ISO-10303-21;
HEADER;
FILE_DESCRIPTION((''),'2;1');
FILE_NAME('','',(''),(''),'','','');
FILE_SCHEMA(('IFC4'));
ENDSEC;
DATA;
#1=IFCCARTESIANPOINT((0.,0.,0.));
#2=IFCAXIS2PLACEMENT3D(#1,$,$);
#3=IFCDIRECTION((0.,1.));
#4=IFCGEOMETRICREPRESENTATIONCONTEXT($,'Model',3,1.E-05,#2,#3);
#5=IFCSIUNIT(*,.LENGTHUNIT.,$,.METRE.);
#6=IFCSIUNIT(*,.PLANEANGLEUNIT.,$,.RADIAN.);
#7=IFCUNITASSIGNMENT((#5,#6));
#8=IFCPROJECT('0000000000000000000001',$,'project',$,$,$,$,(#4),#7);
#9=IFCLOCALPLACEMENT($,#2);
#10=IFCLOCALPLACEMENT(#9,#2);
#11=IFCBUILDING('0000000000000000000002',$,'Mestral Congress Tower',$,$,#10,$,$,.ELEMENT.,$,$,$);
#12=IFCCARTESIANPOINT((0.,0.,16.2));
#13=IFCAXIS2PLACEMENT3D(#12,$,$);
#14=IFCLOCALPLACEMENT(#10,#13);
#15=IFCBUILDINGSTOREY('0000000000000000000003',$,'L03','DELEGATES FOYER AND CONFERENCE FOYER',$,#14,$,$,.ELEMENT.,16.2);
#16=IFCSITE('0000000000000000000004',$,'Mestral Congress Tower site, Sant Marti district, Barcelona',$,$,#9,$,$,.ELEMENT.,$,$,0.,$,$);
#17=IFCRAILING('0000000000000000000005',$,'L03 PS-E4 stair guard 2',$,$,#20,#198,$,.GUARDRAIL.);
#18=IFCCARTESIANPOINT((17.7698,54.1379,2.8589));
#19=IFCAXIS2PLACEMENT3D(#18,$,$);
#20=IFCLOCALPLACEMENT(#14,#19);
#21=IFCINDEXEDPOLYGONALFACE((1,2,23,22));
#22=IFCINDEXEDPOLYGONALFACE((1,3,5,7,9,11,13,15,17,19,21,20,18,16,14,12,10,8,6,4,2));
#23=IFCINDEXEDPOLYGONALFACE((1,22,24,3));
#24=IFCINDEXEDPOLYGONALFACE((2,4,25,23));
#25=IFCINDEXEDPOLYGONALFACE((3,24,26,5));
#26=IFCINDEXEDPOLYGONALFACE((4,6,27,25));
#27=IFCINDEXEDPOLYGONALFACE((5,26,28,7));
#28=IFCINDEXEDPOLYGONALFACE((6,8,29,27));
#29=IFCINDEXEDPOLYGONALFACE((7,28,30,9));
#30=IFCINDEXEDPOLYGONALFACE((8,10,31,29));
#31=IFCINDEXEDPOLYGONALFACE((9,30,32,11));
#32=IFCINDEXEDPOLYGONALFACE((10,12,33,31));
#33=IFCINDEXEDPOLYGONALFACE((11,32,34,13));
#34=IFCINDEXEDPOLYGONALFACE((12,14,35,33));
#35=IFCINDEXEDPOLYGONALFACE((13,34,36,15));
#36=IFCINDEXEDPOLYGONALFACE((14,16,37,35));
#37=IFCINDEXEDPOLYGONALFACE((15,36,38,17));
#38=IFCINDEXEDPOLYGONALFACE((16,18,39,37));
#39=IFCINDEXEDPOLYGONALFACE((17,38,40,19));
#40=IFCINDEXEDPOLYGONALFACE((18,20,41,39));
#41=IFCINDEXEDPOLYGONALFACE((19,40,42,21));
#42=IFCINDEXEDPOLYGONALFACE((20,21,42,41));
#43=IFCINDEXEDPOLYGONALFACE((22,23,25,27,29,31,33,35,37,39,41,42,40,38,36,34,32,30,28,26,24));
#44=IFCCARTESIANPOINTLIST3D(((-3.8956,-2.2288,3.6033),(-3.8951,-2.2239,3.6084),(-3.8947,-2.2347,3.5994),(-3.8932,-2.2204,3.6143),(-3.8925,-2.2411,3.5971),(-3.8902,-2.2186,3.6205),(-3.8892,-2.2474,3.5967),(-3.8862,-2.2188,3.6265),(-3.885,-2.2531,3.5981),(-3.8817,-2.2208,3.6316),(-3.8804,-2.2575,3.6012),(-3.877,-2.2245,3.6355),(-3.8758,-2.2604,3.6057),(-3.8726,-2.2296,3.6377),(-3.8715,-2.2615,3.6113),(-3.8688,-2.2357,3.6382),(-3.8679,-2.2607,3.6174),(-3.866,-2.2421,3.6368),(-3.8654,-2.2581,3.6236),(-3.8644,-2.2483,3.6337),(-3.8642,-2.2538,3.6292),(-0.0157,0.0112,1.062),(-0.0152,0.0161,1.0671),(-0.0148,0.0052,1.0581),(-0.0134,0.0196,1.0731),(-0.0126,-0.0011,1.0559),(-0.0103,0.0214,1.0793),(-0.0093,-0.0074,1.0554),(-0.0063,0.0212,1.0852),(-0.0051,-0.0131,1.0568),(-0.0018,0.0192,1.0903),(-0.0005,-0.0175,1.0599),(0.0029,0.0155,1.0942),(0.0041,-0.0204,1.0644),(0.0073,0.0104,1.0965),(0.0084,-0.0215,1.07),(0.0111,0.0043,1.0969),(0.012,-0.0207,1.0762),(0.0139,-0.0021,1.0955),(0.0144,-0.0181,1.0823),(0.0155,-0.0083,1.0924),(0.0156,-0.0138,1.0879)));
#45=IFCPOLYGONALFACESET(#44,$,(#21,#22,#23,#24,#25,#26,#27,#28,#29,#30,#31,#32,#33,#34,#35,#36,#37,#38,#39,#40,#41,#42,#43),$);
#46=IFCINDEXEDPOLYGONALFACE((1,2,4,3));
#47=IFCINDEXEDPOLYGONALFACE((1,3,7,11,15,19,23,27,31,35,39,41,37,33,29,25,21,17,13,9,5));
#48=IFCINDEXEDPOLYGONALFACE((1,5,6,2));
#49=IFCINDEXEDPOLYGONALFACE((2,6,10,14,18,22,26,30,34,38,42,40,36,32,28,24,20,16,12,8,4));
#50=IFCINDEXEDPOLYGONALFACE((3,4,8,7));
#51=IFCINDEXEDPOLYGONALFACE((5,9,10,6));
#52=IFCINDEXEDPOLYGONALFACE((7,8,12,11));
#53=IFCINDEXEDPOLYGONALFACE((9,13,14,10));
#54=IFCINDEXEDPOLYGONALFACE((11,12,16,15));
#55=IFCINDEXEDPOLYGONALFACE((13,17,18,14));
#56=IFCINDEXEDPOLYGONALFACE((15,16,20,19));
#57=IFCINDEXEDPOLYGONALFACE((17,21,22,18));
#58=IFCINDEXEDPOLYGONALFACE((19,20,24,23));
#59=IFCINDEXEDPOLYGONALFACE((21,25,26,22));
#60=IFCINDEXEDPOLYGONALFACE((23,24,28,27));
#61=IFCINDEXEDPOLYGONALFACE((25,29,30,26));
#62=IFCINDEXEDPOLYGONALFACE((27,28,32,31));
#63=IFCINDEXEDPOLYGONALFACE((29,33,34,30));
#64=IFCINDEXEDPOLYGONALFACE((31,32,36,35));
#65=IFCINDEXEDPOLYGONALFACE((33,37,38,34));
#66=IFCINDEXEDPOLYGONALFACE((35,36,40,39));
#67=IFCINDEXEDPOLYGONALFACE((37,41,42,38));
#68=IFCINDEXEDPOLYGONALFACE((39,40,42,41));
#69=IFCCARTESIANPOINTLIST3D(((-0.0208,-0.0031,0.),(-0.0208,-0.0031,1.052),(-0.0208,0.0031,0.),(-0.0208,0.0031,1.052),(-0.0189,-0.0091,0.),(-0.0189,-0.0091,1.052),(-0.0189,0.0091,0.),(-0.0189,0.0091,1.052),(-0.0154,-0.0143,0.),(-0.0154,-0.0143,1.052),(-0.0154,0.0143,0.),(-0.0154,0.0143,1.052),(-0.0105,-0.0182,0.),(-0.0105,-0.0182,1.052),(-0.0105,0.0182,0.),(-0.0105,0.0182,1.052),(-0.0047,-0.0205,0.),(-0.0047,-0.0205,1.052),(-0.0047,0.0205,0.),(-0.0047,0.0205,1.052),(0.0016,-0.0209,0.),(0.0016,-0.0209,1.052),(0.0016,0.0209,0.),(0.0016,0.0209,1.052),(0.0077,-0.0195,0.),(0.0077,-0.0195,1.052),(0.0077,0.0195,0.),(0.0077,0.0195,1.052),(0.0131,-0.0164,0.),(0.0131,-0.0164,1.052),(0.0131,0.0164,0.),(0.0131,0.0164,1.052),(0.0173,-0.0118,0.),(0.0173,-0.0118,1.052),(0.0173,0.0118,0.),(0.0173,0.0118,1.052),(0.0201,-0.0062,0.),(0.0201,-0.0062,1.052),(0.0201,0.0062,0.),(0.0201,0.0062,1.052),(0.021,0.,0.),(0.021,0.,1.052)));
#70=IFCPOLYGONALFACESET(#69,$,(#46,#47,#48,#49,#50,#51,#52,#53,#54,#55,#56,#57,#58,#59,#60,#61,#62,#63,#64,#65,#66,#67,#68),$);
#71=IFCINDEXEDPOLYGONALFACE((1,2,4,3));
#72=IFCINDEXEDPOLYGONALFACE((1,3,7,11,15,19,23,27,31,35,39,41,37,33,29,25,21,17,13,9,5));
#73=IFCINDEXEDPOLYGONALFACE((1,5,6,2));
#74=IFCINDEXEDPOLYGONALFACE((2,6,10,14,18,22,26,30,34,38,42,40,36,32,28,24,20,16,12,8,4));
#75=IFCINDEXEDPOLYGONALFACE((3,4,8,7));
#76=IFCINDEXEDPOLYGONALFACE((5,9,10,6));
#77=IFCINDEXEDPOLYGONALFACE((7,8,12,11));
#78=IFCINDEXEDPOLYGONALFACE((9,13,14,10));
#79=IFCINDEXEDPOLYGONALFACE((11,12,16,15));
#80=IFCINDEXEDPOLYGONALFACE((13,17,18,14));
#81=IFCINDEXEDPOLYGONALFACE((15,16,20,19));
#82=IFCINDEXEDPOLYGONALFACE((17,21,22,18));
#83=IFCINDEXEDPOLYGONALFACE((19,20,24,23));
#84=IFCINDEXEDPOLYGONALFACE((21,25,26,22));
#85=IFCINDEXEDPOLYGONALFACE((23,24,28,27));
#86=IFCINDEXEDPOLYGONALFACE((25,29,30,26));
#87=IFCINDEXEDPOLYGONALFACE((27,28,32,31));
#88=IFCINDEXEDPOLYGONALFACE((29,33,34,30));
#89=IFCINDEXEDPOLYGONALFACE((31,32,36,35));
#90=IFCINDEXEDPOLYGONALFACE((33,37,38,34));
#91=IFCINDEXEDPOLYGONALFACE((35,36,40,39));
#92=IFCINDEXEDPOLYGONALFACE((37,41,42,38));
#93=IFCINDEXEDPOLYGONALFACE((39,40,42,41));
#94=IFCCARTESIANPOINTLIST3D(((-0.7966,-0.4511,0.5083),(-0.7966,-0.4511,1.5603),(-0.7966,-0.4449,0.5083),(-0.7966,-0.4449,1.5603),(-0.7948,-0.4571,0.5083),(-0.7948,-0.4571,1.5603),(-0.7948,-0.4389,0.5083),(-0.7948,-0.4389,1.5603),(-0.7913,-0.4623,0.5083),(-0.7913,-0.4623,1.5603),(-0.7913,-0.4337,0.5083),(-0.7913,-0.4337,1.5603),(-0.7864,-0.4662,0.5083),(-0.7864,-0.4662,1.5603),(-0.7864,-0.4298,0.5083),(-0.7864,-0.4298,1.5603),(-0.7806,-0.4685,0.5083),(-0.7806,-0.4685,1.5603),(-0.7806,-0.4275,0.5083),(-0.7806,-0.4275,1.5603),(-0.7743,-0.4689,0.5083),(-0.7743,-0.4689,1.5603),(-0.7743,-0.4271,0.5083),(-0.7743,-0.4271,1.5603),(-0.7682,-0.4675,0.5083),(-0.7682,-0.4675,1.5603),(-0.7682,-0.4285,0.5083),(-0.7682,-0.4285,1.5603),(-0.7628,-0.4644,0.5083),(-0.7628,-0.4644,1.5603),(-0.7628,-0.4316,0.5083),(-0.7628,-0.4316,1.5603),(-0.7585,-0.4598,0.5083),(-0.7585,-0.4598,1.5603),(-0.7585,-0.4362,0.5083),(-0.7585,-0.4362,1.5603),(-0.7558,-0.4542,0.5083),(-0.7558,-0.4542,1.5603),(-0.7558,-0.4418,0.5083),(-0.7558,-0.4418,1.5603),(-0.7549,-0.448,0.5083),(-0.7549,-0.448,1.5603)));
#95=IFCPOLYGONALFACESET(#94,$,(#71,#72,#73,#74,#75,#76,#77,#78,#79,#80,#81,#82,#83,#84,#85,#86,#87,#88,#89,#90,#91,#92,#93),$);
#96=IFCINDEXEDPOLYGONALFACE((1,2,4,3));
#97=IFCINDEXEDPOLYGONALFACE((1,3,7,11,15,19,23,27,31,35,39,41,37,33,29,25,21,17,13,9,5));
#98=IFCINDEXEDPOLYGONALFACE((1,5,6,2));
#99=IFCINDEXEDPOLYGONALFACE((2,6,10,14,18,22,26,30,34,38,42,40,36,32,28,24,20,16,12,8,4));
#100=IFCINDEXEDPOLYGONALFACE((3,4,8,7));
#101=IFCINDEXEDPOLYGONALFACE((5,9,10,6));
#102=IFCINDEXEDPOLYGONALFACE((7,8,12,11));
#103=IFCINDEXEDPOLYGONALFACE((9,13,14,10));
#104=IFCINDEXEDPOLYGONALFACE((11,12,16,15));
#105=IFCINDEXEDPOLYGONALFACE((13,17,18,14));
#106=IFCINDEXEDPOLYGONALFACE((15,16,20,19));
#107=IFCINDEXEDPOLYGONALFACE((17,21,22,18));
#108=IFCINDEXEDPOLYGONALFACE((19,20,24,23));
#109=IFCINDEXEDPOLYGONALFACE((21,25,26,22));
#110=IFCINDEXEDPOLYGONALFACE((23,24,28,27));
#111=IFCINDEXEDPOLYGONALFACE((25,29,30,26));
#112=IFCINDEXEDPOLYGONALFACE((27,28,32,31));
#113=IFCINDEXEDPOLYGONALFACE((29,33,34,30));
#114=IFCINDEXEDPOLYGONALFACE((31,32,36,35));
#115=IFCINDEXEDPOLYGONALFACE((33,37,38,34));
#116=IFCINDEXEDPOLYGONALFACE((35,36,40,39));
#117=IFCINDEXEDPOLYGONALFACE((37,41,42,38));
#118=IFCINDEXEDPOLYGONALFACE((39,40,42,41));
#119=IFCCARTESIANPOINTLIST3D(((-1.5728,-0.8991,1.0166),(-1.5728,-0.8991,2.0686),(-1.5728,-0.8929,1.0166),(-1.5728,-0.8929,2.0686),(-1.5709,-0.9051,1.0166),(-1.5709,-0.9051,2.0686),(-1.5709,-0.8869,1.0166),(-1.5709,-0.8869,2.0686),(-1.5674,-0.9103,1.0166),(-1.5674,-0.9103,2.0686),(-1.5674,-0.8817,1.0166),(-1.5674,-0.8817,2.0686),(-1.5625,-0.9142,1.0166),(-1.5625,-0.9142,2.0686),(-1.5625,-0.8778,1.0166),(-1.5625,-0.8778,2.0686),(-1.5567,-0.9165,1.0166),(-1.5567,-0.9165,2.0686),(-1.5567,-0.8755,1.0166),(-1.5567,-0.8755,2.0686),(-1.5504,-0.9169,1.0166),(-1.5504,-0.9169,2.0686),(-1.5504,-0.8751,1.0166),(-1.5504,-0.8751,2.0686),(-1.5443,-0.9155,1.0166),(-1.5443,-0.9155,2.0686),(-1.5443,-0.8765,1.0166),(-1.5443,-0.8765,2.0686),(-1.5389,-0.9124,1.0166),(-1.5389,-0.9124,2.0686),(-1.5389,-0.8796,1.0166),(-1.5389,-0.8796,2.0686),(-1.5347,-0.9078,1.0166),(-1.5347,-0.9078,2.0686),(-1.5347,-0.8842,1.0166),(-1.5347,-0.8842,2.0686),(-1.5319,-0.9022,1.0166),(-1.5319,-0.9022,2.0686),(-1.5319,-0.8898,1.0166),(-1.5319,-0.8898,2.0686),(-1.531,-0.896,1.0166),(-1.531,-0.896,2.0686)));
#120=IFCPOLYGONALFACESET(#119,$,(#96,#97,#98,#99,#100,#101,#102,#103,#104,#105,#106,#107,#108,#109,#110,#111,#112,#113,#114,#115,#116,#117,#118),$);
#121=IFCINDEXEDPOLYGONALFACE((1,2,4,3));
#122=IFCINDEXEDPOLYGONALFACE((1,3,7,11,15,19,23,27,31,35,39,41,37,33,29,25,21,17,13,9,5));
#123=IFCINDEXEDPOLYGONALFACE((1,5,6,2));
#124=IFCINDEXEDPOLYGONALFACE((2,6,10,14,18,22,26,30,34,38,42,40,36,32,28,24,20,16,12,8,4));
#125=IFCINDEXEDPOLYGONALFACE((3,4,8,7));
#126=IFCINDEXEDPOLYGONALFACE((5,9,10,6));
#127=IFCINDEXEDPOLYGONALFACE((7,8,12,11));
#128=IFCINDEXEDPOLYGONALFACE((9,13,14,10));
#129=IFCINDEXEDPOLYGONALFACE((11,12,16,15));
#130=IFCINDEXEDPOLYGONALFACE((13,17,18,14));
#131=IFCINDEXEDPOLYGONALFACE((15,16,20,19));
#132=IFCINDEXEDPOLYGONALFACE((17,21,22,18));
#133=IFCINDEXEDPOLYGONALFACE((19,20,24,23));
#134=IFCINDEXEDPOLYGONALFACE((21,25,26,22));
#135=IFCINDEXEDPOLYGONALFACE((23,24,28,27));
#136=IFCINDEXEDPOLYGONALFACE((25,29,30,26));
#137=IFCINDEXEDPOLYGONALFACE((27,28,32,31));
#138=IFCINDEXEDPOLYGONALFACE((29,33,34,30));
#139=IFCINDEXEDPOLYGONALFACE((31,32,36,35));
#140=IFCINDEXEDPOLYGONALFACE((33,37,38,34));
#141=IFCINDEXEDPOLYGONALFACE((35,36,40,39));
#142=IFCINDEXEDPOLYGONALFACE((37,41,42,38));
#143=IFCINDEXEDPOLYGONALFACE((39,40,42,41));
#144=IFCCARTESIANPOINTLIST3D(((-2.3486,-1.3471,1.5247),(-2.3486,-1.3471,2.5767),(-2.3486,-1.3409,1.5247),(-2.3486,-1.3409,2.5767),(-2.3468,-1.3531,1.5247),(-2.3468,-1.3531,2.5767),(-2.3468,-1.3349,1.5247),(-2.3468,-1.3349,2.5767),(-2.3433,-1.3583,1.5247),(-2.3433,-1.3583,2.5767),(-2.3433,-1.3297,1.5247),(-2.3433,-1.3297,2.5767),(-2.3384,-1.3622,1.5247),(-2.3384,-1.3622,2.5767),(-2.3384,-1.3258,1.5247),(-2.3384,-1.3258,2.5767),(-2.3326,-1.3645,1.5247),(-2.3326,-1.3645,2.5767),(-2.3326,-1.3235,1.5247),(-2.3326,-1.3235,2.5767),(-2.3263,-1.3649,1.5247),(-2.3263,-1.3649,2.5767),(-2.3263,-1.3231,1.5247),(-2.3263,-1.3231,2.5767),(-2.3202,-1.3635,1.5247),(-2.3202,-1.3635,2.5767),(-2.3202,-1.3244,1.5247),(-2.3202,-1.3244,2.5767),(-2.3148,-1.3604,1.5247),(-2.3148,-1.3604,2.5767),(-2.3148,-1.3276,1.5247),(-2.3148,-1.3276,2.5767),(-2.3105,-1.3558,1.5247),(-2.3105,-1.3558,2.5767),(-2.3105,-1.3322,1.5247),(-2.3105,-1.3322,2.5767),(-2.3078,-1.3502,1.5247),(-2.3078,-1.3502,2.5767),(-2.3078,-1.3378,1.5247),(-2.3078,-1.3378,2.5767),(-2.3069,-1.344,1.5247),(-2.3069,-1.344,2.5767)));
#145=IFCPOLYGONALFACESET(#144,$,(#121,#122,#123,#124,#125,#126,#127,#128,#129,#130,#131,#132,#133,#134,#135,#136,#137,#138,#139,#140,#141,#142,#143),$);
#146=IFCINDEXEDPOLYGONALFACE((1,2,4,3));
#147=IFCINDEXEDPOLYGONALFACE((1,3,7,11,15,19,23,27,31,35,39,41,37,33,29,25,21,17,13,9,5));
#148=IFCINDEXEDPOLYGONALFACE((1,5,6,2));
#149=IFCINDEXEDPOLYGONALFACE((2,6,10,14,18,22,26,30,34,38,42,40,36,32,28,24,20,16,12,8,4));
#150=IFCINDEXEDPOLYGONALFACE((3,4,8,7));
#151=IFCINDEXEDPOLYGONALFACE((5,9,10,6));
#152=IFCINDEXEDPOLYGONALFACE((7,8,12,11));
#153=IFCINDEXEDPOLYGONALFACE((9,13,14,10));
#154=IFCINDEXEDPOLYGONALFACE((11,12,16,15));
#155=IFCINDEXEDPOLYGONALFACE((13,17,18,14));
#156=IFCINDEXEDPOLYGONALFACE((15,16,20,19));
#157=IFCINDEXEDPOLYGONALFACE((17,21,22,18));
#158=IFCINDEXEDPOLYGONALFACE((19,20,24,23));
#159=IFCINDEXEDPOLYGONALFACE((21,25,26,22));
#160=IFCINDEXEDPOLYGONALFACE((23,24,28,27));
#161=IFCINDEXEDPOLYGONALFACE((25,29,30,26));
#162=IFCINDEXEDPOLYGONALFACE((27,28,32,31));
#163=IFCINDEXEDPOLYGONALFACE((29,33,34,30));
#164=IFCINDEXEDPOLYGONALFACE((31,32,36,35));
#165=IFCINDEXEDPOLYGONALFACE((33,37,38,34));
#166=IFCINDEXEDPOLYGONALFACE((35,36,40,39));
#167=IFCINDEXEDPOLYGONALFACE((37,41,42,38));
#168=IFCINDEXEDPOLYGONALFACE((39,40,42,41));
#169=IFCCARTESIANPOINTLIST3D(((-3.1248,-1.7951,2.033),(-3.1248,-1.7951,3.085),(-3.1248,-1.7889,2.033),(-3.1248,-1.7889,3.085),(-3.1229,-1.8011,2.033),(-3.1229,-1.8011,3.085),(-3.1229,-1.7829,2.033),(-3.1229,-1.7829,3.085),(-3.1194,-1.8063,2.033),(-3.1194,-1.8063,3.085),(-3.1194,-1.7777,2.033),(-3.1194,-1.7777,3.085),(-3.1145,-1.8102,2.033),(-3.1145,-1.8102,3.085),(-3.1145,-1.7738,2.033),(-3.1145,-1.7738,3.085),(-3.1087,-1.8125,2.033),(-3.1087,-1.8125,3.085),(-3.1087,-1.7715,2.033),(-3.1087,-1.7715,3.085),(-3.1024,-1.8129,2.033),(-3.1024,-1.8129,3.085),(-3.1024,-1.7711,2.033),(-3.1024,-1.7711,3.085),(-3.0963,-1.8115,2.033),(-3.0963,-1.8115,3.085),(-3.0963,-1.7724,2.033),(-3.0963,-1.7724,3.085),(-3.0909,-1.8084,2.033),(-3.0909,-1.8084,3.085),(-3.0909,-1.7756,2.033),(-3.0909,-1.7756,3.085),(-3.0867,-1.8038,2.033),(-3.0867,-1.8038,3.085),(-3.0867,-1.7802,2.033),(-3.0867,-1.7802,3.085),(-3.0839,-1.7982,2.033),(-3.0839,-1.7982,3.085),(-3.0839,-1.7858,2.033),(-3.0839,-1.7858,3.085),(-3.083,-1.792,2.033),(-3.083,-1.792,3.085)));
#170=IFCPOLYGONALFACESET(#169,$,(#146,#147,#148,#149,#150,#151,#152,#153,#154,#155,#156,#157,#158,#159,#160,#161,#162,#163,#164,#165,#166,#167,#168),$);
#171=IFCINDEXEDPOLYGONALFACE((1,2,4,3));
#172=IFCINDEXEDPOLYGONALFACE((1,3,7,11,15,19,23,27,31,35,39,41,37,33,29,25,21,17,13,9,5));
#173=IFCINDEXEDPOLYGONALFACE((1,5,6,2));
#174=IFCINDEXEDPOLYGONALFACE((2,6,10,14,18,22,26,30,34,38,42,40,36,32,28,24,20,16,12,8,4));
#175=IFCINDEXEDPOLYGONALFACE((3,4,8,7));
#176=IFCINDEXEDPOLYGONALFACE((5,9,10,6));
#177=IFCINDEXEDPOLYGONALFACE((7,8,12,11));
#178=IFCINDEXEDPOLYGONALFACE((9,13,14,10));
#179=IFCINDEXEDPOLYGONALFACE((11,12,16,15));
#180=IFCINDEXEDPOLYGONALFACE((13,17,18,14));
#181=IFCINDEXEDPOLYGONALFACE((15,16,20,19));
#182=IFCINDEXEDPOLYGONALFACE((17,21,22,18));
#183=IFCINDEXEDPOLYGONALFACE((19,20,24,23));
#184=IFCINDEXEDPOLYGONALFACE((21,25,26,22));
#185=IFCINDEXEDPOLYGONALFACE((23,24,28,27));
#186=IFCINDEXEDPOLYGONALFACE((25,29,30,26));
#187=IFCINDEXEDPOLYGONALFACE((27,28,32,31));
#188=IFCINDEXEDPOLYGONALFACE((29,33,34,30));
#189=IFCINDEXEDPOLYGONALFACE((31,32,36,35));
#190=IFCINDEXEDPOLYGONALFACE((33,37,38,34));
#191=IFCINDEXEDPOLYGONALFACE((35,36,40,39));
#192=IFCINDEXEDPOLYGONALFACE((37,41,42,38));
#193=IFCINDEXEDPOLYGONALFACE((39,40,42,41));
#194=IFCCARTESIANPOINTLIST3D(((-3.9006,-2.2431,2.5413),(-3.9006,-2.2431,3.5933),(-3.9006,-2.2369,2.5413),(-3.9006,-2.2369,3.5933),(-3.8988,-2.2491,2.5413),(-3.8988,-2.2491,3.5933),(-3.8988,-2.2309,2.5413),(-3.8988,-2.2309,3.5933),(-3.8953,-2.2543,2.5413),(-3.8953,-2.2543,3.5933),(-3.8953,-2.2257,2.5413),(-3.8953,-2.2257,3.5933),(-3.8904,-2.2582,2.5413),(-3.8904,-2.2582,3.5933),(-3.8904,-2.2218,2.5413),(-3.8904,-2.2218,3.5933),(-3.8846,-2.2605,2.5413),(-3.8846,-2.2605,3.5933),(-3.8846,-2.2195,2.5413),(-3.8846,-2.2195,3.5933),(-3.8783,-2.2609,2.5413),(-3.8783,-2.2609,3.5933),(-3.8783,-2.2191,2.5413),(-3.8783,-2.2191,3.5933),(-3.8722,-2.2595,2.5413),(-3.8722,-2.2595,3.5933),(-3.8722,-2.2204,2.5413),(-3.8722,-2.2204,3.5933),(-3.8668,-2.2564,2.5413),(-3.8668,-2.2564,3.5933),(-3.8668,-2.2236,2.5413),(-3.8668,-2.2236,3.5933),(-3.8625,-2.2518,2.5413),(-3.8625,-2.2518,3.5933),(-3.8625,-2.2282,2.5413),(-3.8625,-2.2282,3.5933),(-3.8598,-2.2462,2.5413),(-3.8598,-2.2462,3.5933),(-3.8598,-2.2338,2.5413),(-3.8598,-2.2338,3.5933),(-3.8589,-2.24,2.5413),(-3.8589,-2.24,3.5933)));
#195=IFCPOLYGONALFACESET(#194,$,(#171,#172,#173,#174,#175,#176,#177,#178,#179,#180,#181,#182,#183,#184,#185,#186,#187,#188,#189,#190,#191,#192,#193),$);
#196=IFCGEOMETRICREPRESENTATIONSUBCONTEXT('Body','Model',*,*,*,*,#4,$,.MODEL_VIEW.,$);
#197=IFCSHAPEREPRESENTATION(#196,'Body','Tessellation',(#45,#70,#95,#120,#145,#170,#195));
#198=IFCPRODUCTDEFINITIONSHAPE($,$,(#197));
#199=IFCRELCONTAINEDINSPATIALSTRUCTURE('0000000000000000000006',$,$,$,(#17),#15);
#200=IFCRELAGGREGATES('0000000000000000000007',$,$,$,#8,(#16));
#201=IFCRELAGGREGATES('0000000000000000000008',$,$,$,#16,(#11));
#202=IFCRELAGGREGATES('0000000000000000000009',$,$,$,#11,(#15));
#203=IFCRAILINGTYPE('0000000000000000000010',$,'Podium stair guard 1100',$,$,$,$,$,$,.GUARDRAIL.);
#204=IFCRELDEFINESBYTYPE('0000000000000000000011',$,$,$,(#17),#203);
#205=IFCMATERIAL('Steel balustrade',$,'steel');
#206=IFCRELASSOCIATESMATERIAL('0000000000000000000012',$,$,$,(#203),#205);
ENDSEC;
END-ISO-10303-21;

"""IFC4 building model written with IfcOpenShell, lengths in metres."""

from ifc_helpers import new_model, si_unit, direction, frame, origin, origin_2d, place, context, subcontext, project, spatial, circle, extrude, material, type_object, element, save


model = new_model("IFC4")

# Units and contexts
model_context = context("Model", 3, precision=1e-05, world=origin(), true_north=direction((0.0, 1.0)))
body_context = subcontext(model_context, "Body", "Model", "MODEL_VIEW")
ifc_project = project(units=[si_unit("LENGTHUNIT", "METRE"), si_unit("PLANEANGLEUNIT", "RADIAN")], contexts=[model_context])

# Site, building, storey
site_placement = place(None, origin())
site = spatial("IfcSite", under=ifc_project, at=site_placement, Name="Mestral Congress Tower site, Sant Marti district, Barcelona", CompositionType="ELEMENT", RefElevation=0.0)
building_placement = place(site_placement, origin())
building = spatial("IfcBuilding", under=site, at=building_placement, Name="Mestral Congress Tower", CompositionType="ELEMENT")
storey_placement = place(building_placement, frame((0.0, 0.0, 16.2)))
storey = spatial("IfcBuildingStorey", under=building, at=storey_placement, Name="L03", Description="DELEGATES FOYER AND CONFERENCE FOYER", CompositionType="ELEMENT", Elevation=16.2)

# Railing
ifc_material_1 = material(Name="Steel balustrade", Category="steel")
railing_type_1 = type_object("IfcRailingType", Name="Podium stair guard 1100", PredefinedType="GUARDRAIL", material=ifc_material_1)
railing_1_placement = place(storey_placement, frame((17.7698, 54.1379, 2.8589)))
element("IfcRailing", 1, at=railing_1_placement, inside=storey, type_object=railing_type_1, Name="L03 PS-E4 stair guard 2", PredefinedType="GUARDRAIL", context=body_context, shape_type="SweptSolid", body=[
    extrude(circle(Radius=0.0239, at=origin_2d()), frame((0.0, 0.0, 1.0762), z_axis=(-0.753282, -0.434896, 0.493388), x_axis=(0.49999, -0.866031, 0.0)), (0.0, 0.0, 1.0), 5.1506),
    extrude(circle(Radius=0.021, at=origin_2d()), origin(), (0.0, 0.0, 1.0), 1.052),
    extrude(circle(Radius=0.021, at=origin_2d()), frame((-0.7759, -0.448, 0.5083)), (0.0, 0.0, 1.0), 1.052),
    extrude(circle(Radius=0.021, at=origin_2d()), frame((-1.552, -0.896, 1.0166)), (0.0, 0.0, 1.0), 1.052),
    extrude(circle(Radius=0.021, at=origin_2d()), frame((-2.3279, -1.344, 1.5247)), (0.0, 0.0, 1.0), 1.052),
    extrude(circle(Radius=0.021, at=origin_2d()), frame((-3.104, -1.792, 2.033)), (0.0, 0.0, 1.0), 1.052),
    extrude(circle(Radius=0.021, at=origin_2d()), frame((-3.8799, -2.24, 2.5413)), (0.0, 0.0, 1.0), 1.052),
])

save(model, "model.ifc")
